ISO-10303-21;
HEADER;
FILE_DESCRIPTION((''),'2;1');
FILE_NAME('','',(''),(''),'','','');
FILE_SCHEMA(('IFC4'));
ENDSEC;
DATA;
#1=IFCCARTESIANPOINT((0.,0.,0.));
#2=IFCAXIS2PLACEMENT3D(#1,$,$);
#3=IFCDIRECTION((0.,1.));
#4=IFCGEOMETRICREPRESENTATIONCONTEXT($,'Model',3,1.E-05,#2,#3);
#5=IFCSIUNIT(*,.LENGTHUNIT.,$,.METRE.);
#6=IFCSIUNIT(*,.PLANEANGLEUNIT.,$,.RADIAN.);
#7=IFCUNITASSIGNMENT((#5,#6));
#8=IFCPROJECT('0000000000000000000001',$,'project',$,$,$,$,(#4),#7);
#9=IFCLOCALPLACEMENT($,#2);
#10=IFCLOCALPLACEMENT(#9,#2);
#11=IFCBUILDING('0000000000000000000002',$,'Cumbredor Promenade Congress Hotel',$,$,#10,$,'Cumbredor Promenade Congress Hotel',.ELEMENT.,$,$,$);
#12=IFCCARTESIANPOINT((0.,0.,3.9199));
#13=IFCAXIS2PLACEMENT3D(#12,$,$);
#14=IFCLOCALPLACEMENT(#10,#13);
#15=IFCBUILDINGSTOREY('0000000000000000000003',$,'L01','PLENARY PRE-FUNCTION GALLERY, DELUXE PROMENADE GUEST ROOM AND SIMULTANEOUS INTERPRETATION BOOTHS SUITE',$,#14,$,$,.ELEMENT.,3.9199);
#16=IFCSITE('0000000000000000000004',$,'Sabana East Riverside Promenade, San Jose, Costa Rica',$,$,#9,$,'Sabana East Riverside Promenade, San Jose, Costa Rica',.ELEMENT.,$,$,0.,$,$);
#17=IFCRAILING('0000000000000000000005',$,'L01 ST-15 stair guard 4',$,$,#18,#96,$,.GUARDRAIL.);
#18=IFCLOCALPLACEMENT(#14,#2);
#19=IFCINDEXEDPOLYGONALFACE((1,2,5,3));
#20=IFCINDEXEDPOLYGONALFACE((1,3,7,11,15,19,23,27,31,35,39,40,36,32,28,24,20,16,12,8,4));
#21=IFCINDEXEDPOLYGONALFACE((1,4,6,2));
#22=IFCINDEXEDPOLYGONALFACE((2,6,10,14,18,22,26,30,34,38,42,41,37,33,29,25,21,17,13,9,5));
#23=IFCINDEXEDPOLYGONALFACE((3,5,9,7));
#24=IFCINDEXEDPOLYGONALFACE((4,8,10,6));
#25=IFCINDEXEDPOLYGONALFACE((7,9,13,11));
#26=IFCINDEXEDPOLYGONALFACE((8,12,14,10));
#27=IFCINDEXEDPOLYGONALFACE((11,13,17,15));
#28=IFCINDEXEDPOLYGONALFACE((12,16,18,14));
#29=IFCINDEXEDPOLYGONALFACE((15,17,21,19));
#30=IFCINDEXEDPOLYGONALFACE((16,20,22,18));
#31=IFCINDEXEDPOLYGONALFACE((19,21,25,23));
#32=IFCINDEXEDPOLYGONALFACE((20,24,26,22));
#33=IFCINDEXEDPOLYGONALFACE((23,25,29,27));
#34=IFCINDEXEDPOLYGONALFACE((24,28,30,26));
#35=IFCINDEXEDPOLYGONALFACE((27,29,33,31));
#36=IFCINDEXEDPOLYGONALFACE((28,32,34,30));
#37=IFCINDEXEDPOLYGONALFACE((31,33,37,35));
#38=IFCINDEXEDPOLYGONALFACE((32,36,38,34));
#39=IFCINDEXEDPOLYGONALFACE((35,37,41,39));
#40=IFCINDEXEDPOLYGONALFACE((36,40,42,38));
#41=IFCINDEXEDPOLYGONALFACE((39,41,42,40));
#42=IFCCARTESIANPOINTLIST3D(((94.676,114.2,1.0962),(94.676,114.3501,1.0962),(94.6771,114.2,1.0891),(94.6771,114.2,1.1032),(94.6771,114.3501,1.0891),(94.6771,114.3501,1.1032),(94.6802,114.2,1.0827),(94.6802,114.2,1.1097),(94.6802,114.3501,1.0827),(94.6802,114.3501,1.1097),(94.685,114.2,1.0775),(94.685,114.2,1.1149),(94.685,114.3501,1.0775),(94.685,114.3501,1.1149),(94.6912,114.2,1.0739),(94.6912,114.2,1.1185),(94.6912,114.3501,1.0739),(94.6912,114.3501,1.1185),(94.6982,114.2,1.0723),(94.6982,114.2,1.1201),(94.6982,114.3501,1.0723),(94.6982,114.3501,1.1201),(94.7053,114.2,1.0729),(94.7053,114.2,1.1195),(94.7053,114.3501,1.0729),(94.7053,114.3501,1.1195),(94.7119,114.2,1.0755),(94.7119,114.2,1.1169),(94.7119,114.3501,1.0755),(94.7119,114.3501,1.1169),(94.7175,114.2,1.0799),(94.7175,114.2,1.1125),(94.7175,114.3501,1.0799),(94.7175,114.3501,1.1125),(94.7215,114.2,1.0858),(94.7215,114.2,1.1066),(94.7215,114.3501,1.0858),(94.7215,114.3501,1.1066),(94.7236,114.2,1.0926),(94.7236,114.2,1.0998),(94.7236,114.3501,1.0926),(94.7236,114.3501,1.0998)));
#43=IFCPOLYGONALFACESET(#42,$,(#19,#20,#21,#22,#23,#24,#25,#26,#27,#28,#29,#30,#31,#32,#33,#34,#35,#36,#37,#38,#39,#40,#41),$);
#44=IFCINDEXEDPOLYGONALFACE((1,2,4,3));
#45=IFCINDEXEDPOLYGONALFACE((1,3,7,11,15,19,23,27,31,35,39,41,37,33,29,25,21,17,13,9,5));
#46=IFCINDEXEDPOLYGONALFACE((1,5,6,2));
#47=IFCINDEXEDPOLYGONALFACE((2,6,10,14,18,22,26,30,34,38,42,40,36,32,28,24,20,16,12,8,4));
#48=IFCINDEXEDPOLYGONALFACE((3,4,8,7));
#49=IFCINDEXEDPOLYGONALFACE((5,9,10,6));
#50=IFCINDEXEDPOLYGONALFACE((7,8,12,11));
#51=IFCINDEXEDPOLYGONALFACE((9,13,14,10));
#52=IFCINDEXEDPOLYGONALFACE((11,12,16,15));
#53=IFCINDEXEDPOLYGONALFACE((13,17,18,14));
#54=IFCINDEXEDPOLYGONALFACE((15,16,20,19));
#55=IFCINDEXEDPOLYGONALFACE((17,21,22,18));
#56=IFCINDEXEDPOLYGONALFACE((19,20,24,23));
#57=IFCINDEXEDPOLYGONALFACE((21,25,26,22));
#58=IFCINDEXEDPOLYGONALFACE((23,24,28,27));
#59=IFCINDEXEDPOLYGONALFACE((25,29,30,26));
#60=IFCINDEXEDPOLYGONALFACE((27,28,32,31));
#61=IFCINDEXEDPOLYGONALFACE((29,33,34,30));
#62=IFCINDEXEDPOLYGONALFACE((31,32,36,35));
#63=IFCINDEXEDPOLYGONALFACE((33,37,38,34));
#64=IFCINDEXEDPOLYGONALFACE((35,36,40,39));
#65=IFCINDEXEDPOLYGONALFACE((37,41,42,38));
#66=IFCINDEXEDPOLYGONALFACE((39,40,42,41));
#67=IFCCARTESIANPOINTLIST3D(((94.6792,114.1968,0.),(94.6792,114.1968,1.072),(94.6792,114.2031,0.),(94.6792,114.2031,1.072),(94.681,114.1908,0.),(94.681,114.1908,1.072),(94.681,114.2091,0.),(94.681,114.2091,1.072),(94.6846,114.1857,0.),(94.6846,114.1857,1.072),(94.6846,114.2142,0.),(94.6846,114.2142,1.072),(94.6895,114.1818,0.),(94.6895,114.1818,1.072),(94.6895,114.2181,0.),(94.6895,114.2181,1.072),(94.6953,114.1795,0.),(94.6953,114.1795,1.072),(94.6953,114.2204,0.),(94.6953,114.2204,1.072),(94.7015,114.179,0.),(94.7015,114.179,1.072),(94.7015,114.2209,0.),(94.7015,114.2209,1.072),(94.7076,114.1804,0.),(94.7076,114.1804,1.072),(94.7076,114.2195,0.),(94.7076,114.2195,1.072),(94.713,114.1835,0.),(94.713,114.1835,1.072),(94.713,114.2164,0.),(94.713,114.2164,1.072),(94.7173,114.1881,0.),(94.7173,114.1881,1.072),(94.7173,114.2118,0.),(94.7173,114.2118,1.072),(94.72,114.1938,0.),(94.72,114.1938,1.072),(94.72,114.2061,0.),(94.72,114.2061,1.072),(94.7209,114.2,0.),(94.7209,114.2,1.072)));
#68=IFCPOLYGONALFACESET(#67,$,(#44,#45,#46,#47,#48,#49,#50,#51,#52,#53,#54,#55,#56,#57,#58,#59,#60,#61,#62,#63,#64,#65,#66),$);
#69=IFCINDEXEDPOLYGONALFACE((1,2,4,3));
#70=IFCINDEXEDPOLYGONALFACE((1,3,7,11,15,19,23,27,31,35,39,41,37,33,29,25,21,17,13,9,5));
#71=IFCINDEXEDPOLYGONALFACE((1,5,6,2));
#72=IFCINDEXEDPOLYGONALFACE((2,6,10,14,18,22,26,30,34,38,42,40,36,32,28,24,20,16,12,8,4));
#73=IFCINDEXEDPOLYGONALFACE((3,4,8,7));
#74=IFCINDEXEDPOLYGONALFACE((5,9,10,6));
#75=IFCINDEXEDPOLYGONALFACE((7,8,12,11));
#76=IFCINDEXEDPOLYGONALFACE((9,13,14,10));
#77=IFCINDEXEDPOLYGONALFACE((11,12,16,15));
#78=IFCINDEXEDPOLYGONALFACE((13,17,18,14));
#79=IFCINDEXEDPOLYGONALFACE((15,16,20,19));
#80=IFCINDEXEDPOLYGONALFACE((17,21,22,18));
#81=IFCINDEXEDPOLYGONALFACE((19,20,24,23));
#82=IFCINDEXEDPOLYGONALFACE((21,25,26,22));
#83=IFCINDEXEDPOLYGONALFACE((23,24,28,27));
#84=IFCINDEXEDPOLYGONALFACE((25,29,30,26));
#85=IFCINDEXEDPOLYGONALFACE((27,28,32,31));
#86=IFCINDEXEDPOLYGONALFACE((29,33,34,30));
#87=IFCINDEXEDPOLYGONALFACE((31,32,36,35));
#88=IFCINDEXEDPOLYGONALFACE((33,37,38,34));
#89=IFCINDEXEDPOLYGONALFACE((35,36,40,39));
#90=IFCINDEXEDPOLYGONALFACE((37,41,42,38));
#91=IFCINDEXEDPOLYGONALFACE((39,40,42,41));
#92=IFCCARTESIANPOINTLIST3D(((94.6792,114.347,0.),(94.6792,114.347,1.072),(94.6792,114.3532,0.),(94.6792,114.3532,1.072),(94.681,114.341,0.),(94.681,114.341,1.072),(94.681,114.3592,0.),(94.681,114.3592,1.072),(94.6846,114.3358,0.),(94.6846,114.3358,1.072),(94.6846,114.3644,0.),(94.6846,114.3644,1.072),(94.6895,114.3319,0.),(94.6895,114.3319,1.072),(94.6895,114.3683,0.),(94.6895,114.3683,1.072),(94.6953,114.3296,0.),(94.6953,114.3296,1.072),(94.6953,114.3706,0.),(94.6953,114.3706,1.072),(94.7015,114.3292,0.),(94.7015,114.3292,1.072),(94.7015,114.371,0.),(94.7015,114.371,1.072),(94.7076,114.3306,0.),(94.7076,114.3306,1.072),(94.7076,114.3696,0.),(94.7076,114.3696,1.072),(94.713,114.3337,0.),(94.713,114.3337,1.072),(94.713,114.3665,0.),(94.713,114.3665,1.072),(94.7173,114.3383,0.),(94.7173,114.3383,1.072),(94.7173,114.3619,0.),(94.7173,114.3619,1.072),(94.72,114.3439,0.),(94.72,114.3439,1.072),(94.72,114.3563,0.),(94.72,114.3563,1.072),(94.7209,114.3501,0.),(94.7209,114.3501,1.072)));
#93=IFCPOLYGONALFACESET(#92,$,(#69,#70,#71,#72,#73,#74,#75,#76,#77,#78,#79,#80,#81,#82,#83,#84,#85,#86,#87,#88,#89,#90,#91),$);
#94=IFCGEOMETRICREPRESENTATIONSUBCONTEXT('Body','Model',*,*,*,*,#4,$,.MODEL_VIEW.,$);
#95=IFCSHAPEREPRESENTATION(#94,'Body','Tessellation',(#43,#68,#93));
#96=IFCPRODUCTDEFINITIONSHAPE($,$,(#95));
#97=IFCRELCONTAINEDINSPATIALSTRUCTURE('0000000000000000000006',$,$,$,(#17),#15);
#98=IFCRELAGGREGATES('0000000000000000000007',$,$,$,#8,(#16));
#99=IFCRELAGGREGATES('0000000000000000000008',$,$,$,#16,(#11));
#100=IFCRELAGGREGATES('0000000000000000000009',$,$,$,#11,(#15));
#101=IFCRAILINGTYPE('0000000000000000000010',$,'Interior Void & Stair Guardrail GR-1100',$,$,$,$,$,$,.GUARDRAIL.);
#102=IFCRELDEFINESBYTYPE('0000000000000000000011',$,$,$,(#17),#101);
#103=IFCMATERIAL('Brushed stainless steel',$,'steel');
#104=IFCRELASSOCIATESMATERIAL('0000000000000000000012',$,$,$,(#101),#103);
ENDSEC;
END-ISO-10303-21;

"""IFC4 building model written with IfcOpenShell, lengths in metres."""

from ifc_helpers import new_model, si_unit, direction, frame, origin, origin_2d, place, context, subcontext, project, spatial, circle, extrude, material, type_object, element, save


model = new_model("IFC4")

# Units and contexts
model_context = context("Model", 3, precision=1e-05, world=origin(), true_north=direction((0.0, 1.0)))
body_context = subcontext(model_context, "Body", "Model", "MODEL_VIEW")
ifc_project = project(units=[si_unit("LENGTHUNIT", "METRE"), si_unit("PLANEANGLEUNIT", "RADIAN")], contexts=[model_context])

# Site, building, storey
site_placement = place(None, origin())
site = spatial("IfcSite", under=ifc_project, at=site_placement, Name="Sabana East Riverside Promenade, San Jose, Costa Rica", LongName="Sabana East Riverside Promenade, San Jose, Costa Rica", CompositionType="ELEMENT", RefElevation=0.0)
building_placement = place(site_placement, origin())
building = spatial("IfcBuilding", under=site, at=building_placement, Name="Cumbredor Promenade Congress Hotel", LongName="Cumbredor Promenade Congress Hotel", CompositionType="ELEMENT")
storey_placement = place(building_placement, frame((0.0, 0.0, 3.9199)))
storey = spatial("IfcBuildingStorey", under=building, at=storey_placement, Name="L01", Description="PLENARY PRE-FUNCTION GALLERY, DELUXE PROMENADE GUEST ROOM AND SIMULTANEOUS INTERPRETATION BOOTHS SUITE", CompositionType="ELEMENT", Elevation=3.9199)

# Railing
ifc_material_1 = material(Name="Brushed stainless steel", Category="steel")
railing_type_1 = type_object("IfcRailingType", Name="Interior Void & Stair Guardrail GR-1100", PredefinedType="GUARDRAIL", material=ifc_material_1)
railing_1_placement = place(storey_placement, frame((94.7, 114.2, 0.0)))
element("IfcRailing", 1, at=railing_1_placement, inside=storey, type_object=railing_type_1, Name="L01 ST-15 stair guard 4", PredefinedType="GUARDRAIL", context=body_context, shape_type="SweptSolid", body=[
    extrude(circle(Radius=0.0239, at=origin_2d()), frame((0.0, 0.0, 1.0962), z_axis=(0.0, 1.0, 0.0), x_axis=(-1.0, 0.0, 0.0)), (0.0, 0.0, 1.0), 0.1501),
    extrude(circle(Radius=0.021, at=origin_2d()), origin(), (0.0, 0.0, 1.0), 1.072),
    extrude(circle(Radius=0.021, at=origin_2d()), frame((0.0, 0.1501, 0.0)), (0.0, 0.0, 1.0), 1.072),
])

save(model, "model.ifc")
